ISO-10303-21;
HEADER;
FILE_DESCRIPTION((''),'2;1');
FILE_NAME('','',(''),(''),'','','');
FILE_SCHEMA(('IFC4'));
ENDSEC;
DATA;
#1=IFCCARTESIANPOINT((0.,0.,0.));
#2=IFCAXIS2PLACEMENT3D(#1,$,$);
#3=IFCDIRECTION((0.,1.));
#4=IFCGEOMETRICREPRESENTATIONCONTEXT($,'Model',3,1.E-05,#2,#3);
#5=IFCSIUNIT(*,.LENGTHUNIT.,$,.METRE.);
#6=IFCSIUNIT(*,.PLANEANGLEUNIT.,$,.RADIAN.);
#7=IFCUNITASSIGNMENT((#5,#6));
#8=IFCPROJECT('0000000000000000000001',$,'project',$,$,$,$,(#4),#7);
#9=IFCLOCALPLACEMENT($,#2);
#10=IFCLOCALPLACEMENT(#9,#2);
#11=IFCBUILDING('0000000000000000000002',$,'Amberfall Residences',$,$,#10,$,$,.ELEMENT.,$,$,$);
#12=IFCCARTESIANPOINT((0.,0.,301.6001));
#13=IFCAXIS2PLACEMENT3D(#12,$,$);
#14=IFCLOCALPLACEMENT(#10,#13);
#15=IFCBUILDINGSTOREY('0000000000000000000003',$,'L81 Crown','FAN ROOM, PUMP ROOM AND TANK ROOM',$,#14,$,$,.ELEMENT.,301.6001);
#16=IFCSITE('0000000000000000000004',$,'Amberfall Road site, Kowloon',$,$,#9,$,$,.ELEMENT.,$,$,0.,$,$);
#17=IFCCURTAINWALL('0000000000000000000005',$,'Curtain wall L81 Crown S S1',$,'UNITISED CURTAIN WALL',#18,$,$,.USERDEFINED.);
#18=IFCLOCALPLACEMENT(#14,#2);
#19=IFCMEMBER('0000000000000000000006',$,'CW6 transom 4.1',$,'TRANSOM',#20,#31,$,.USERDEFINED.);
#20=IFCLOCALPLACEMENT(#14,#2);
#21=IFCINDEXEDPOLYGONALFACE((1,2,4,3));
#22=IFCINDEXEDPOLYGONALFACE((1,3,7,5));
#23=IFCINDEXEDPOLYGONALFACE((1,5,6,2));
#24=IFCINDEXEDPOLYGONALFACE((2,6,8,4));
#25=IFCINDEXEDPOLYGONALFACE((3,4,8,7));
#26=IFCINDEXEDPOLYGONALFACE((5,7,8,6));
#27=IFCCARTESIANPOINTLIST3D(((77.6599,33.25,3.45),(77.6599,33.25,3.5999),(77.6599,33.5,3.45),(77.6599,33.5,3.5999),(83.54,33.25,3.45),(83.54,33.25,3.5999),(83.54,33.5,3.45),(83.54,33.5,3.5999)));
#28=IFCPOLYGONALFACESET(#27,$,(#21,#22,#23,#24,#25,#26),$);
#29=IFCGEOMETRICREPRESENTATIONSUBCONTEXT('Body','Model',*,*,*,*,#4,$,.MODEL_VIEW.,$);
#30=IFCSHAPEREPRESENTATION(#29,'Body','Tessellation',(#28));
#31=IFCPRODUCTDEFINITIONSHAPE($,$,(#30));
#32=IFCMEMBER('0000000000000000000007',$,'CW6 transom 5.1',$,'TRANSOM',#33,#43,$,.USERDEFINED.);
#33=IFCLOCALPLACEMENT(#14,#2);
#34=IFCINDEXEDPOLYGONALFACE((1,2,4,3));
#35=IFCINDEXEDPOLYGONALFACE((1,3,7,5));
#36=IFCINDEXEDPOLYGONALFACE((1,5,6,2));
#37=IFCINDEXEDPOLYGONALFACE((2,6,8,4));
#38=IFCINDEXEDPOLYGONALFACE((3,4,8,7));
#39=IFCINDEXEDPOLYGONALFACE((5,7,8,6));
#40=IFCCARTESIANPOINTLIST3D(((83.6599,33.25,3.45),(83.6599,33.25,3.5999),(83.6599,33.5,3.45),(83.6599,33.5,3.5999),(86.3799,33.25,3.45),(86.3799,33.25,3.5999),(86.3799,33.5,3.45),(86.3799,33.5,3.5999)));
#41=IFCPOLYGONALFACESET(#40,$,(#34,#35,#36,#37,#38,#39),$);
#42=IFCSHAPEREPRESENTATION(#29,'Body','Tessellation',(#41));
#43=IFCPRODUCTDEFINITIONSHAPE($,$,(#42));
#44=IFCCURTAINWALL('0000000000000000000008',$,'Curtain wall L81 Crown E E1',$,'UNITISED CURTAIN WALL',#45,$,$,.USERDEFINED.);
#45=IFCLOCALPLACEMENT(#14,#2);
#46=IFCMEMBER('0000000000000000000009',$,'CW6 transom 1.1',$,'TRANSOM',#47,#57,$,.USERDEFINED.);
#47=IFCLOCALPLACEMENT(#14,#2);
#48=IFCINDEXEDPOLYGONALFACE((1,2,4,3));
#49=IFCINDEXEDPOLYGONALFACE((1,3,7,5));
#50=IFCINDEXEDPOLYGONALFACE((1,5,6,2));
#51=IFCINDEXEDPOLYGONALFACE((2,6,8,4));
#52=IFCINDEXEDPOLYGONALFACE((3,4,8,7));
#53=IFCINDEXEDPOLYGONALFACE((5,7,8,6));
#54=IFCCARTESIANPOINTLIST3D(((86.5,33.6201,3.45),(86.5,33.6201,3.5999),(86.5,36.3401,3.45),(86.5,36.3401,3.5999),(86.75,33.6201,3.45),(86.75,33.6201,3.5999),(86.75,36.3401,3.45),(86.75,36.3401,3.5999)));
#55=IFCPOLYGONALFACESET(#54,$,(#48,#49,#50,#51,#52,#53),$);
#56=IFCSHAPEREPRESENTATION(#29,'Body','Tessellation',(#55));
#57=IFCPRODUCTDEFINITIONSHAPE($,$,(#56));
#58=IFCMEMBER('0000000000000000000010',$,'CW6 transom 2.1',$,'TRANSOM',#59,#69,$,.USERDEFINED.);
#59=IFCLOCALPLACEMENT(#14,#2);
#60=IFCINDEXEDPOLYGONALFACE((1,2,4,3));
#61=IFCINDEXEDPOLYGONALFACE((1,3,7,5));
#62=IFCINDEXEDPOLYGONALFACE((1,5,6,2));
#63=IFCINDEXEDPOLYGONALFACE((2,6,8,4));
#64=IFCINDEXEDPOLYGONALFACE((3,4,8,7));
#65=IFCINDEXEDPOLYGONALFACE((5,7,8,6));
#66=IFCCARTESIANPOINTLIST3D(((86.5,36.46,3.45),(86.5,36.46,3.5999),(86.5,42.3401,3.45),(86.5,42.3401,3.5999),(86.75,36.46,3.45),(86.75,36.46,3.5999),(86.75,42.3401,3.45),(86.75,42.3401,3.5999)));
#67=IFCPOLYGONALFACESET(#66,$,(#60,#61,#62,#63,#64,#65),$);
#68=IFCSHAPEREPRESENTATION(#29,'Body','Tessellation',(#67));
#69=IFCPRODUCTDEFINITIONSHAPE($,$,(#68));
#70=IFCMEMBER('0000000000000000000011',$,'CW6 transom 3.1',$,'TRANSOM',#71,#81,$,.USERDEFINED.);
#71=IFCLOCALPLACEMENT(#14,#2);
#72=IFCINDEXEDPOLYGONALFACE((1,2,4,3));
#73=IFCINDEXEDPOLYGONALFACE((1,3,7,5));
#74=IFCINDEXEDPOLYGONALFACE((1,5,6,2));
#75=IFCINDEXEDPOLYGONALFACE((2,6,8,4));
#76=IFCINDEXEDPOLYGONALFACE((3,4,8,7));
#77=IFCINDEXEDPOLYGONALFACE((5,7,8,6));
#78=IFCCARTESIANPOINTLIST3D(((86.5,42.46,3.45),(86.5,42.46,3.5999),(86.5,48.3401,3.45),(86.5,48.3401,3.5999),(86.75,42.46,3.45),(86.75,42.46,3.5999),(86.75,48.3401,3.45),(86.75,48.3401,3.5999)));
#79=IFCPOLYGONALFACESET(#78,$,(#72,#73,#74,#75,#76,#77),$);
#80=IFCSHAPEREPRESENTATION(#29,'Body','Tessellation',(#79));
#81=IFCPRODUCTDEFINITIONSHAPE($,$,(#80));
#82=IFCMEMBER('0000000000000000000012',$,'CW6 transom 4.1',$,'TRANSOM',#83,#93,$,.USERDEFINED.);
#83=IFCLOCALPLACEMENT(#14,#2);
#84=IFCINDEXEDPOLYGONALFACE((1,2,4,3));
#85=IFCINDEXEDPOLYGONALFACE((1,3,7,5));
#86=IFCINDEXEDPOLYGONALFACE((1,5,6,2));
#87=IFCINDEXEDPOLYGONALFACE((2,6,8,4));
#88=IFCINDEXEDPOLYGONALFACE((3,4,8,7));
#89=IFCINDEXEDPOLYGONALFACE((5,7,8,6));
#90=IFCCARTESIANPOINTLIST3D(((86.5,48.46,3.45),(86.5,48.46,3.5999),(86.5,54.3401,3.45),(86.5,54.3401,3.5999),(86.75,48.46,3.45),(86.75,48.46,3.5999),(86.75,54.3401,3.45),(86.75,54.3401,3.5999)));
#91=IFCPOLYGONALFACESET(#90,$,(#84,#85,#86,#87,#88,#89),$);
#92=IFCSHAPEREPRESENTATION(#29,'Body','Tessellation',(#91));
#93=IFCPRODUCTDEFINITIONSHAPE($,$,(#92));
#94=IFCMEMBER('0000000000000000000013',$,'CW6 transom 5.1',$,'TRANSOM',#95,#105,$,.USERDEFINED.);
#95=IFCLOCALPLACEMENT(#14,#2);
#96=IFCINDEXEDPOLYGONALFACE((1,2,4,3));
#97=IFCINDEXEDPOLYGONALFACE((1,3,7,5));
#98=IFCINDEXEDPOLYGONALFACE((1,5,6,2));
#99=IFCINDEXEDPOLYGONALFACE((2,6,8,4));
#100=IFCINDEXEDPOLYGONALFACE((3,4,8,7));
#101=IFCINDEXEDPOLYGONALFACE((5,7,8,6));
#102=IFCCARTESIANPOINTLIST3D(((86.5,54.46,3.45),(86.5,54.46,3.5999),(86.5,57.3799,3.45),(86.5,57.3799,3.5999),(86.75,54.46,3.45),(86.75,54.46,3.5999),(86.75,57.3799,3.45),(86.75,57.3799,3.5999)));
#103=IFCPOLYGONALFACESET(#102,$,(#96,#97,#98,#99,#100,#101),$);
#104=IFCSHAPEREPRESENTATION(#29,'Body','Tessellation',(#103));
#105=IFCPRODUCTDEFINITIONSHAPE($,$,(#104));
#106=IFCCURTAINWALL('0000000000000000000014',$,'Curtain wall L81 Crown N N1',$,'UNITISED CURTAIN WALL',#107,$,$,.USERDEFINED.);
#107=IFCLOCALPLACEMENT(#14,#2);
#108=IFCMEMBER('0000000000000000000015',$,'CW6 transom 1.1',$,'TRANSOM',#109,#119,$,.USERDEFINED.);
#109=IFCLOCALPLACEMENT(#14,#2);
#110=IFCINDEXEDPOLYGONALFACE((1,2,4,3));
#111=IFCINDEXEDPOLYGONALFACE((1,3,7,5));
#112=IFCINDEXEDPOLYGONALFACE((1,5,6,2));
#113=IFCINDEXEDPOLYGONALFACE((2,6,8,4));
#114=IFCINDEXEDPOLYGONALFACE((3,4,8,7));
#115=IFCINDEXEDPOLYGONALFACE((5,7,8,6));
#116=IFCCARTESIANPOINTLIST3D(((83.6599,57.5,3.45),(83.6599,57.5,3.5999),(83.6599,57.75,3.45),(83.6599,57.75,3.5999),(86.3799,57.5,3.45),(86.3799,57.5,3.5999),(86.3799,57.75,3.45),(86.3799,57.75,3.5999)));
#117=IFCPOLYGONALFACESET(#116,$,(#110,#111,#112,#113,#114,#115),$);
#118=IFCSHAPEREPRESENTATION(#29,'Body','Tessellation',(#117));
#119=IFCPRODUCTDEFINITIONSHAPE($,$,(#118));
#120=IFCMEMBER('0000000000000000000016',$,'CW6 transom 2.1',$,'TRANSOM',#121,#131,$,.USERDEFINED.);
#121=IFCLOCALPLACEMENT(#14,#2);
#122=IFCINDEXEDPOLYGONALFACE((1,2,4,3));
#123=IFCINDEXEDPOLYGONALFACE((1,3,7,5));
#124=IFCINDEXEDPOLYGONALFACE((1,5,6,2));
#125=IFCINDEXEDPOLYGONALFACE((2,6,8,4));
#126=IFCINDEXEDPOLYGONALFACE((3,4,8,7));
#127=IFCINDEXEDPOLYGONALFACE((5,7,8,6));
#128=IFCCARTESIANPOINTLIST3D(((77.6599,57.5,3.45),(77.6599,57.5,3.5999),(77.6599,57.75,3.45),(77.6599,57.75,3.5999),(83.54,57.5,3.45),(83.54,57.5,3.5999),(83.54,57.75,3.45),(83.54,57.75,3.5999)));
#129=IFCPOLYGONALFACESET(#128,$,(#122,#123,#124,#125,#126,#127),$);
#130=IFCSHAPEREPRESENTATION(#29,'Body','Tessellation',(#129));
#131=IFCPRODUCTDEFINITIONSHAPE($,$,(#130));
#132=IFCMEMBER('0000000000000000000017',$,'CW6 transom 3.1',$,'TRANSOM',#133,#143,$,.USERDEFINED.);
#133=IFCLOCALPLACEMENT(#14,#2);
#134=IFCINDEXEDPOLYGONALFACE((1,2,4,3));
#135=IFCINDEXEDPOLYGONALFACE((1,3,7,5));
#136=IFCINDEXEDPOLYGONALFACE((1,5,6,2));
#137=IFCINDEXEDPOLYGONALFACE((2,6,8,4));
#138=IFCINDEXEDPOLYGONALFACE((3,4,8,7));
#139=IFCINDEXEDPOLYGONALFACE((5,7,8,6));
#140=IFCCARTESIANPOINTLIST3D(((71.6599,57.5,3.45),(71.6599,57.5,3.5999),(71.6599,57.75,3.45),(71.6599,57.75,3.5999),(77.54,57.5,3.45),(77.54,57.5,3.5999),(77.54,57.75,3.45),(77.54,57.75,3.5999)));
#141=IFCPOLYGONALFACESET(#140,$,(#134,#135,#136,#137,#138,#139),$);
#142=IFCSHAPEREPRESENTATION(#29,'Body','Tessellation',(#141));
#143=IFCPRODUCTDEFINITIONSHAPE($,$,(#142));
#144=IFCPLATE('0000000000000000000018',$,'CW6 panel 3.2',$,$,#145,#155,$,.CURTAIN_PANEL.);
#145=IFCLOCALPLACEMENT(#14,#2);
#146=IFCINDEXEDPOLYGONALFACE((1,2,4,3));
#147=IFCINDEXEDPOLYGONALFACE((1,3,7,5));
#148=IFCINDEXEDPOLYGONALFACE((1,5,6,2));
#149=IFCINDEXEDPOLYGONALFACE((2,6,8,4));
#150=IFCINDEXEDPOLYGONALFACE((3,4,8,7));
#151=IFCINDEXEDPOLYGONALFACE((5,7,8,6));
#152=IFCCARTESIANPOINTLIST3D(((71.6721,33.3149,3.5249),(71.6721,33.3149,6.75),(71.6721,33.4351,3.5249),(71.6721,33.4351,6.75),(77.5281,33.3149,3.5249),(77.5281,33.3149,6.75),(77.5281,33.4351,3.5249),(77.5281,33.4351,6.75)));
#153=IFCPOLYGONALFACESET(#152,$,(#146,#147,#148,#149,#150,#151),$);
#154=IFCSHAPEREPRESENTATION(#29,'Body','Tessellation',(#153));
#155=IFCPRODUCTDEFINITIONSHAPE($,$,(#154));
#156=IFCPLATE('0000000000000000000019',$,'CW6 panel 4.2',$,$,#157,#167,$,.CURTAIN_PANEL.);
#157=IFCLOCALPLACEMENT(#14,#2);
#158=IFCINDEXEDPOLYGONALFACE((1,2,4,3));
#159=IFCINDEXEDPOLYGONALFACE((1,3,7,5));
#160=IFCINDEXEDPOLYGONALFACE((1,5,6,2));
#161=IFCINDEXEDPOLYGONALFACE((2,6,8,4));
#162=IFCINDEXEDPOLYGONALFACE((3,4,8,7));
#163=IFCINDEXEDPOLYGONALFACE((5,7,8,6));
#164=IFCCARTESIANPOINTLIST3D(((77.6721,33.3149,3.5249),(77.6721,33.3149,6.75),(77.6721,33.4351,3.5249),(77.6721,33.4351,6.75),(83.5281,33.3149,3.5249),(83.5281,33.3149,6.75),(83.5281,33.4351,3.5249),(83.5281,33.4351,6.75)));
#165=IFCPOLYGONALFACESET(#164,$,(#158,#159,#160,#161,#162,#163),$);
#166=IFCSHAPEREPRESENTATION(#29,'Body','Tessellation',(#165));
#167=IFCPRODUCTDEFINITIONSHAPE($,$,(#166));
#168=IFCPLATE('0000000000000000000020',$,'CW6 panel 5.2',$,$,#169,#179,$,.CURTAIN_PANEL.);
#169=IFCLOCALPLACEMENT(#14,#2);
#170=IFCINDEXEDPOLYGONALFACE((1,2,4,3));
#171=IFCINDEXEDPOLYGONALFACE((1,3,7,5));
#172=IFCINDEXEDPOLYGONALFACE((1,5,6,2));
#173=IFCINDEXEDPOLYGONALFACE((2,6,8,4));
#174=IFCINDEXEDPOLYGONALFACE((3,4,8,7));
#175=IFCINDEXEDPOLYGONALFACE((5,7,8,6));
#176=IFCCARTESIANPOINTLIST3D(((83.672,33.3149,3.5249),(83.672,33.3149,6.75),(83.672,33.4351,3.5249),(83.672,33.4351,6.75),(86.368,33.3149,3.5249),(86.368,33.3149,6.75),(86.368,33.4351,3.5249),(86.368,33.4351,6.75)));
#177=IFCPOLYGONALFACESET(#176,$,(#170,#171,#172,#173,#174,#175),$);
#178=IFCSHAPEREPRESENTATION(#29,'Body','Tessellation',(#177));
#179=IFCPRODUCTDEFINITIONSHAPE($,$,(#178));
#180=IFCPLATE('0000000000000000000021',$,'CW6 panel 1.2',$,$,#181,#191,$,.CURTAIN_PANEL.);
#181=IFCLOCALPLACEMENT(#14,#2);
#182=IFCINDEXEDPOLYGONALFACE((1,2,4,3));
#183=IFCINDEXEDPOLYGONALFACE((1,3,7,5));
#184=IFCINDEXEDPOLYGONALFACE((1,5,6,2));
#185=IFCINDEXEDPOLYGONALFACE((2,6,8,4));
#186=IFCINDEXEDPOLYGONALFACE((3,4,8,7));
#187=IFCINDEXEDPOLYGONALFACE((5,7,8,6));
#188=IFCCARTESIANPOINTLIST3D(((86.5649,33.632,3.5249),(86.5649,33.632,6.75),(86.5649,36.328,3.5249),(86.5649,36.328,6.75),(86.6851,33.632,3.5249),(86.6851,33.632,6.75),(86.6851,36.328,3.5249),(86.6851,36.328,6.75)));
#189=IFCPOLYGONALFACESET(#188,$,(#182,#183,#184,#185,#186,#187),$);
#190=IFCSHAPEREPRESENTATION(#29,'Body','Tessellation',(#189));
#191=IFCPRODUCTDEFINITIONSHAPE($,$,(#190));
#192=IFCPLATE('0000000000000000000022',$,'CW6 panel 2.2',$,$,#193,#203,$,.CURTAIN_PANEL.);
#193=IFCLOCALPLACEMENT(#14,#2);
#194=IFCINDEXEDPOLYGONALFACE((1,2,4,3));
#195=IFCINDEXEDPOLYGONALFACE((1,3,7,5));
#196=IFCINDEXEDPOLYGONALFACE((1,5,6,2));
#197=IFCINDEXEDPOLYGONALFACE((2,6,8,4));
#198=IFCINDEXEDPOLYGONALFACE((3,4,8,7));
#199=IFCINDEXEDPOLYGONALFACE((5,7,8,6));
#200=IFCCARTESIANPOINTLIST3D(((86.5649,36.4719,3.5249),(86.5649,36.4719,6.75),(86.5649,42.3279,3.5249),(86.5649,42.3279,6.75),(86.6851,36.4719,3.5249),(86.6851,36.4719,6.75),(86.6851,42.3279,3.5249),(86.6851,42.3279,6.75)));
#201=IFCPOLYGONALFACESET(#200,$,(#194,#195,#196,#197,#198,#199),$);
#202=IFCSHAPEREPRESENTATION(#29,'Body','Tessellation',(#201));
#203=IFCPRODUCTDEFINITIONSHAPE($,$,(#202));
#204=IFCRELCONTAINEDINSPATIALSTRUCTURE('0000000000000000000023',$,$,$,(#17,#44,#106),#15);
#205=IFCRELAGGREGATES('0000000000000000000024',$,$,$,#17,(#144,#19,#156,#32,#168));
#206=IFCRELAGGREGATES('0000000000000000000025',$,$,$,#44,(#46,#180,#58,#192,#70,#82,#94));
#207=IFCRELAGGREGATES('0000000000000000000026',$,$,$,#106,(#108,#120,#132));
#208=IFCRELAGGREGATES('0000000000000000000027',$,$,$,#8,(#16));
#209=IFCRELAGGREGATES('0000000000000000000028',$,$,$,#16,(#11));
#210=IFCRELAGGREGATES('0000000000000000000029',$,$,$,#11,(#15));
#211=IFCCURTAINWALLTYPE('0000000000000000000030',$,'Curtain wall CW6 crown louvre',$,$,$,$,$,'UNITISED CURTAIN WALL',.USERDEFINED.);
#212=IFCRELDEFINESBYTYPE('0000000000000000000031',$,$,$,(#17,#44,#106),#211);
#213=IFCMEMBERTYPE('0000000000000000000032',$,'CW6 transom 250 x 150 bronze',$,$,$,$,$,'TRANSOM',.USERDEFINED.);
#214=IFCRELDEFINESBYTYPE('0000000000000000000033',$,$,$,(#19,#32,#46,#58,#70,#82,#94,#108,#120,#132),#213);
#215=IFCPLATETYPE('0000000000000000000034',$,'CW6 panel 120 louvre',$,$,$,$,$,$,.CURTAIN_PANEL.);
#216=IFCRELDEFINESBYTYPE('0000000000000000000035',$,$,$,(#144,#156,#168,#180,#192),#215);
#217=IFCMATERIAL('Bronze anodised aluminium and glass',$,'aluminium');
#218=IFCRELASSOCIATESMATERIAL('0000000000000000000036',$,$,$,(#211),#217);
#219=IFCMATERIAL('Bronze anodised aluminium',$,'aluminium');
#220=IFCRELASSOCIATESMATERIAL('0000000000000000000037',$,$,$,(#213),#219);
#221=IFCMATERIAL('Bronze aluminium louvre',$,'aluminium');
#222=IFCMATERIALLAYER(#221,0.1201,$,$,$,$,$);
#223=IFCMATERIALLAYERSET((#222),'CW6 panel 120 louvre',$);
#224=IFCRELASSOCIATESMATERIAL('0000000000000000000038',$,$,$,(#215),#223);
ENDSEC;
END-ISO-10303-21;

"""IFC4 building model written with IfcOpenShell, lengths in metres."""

from ifc_helpers import new_model, si_unit, direction, frame, origin, origin_2d, place, context, subcontext, project, spatial, rectangle, extrude, material, layer, layer_set, material_profile, profile_set, type_object, element, aggregate, save


model = new_model("IFC4")

# Units and contexts
model_context = context("Model", 3, precision=1e-05, world=origin(), true_north=direction((0.0, 1.0)))
body_context = subcontext(model_context, "Body", "Model", "MODEL_VIEW")
ifc_project = project(units=[si_unit("LENGTHUNIT", "METRE"), si_unit("PLANEANGLEUNIT", "RADIAN")], contexts=[model_context])

# Site, building, storey
site_placement = place(None, origin())
site = spatial("IfcSite", under=ifc_project, at=site_placement, Name="Amberfall Road site, Kowloon", CompositionType="ELEMENT", RefElevation=0.0)
building_placement = place(site_placement, origin())
building = spatial("IfcBuilding", under=site, at=building_placement, Name="Amberfall Residences", CompositionType="ELEMENT")
storey_placement = place(building_placement, frame((0.0, 0.0, 301.6001)))
storey = spatial("IfcBuildingStorey", under=building, at=storey_placement, Name="L81 Crown", Description="FAN ROOM, PUMP ROOM AND TANK ROOM", CompositionType="ELEMENT", Elevation=301.6001)

# Curtain walls, members
ifc_material_1 = material(Name="Bronze anodised aluminium and glass", Category="aluminium")
curtain_wall_type = type_object("IfcCurtainWallType", Name="Curtain wall CW6 crown louvre", ElementType="UNITISED CURTAIN WALL", PredefinedType="USERDEFINED", material=ifc_material_1)
curtain_wall_1_placement = place(storey_placement, origin())
curtain_wall_1 = element("IfcCurtainWall", 1, at=curtain_wall_1_placement, inside=storey, type_object=curtain_wall_type, Name="Curtain wall L81 Crown S S1", ObjectType="UNITISED CURTAIN WALL", PredefinedType="USERDEFINED")
ifc_material_2 = material(Name="Bronze anodised aluminium", Category="aluminium")
ifc_material_profile = material_profile(ifc_material_2, rectangle(XDim=0.25, YDim=0.1499, at=origin_2d()), Name="CW6 transom 250 x 150 bronze")
ifc_profile_set = profile_set([ifc_material_profile], Name="Bronze anodised aluminium")
member_type = type_object("IfcMemberType", Name="CW6 transom 250 x 150 bronze", ElementType="TRANSOM", PredefinedType="USERDEFINED", material=ifc_profile_set)
member_1_placement = place(storey_placement, frame((77.6599, 33.375, 3.5249), z_axis=(1.0, 0.0, 0.0), x_axis=(0.0, 1.0, 0.0)))
member_1 = element("IfcMember", 2, at=member_1_placement, type_object=member_type, Name="CW6 transom 4.1", ObjectType="TRANSOM", PredefinedType="USERDEFINED", context=body_context, shape_type="SweptSolid", body=[
    extrude(rectangle(XDim=0.25, YDim=0.1499, at=origin_2d()), origin(), (0.0, 0.0, 1.0), 5.8801),
])
member_2_placement = place(storey_placement, frame((83.6599, 33.375, 3.5249), z_axis=(1.0, 0.0, 0.0), x_axis=(0.0, 1.0, 0.0)))
member_2 = element("IfcMember", 3, at=member_2_placement, type_object=member_type, Name="CW6 transom 5.1", ObjectType="TRANSOM", PredefinedType="USERDEFINED", context=body_context, shape_type="SweptSolid", body=[
    extrude(rectangle(XDim=0.25, YDim=0.1499, at=origin_2d()), origin(), (0.0, 0.0, 1.0), 2.72),
])
curtain_wall_2_placement = place(storey_placement, origin())
curtain_wall_2 = element("IfcCurtainWall", 4, at=curtain_wall_2_placement, inside=storey, type_object=curtain_wall_type, Name="Curtain wall L81 Crown E E1", ObjectType="UNITISED CURTAIN WALL", PredefinedType="USERDEFINED")
member_3_placement = place(storey_placement, frame((86.625, 33.6201, 3.5249), z_axis=(0.0, 1.0, 0.0), x_axis=(-1.0, 0.0, 0.0)))
member_3 = element("IfcMember", 5, at=member_3_placement, type_object=member_type, Name="CW6 transom 1.1", ObjectType="TRANSOM", PredefinedType="USERDEFINED", context=body_context, shape_type="SweptSolid", body=[
    extrude(rectangle(XDim=0.25, YDim=0.1499, at=origin_2d()), origin(), (0.0, 0.0, 1.0), 2.72),
])
member_4_placement = place(storey_placement, frame((86.625, 36.46, 3.5249), z_axis=(0.0, 1.0, 0.0), x_axis=(-1.0, 0.0, 0.0)))
member_4 = element("IfcMember", 6, at=member_4_placement, type_object=member_type, Name="CW6 transom 2.1", ObjectType="TRANSOM", PredefinedType="USERDEFINED", context=body_context, shape_type="SweptSolid", body=[
    extrude(rectangle(XDim=0.25, YDim=0.1499, at=origin_2d()), origin(), (0.0, 0.0, 1.0), 5.8801),
])
member_5_placement = place(storey_placement, frame((86.625, 42.46, 3.5249), z_axis=(0.0, 1.0, 0.0), x_axis=(-1.0, 0.0, 0.0)))
member_5 = element("IfcMember", 7, at=member_5_placement, type_object=member_type, Name="CW6 transom 3.1", ObjectType="TRANSOM", PredefinedType="USERDEFINED", context=body_context, shape_type="SweptSolid", body=[
    extrude(rectangle(XDim=0.25, YDim=0.1499, at=origin_2d()), origin(), (0.0, 0.0, 1.0), 5.8801),
])
member_6_placement = place(storey_placement, frame((86.625, 48.46, 3.5249), z_axis=(0.0, 1.0, 0.0), x_axis=(-1.0, 0.0, 0.0)))
member_6 = element("IfcMember", 8, at=member_6_placement, type_object=member_type, Name="CW6 transom 4.1", ObjectType="TRANSOM", PredefinedType="USERDEFINED", context=body_context, shape_type="SweptSolid", body=[
    extrude(rectangle(XDim=0.25, YDim=0.1499, at=origin_2d()), origin(), (0.0, 0.0, 1.0), 5.8801),
])
member_7_placement = place(storey_placement, frame((86.625, 54.46, 3.5249), z_axis=(0.0, 1.0, 0.0), x_axis=(-1.0, 0.0, 0.0)))
member_7 = element("IfcMember", 9, at=member_7_placement, type_object=member_type, Name="CW6 transom 5.1", ObjectType="TRANSOM", PredefinedType="USERDEFINED", context=body_context, shape_type="SweptSolid", body=[
    extrude(rectangle(XDim=0.25, YDim=0.1499, at=origin_2d()), origin(), (0.0, 0.0, 1.0), 2.9199),
])
curtain_wall_3_placement = place(storey_placement, origin())
curtain_wall_3 = element("IfcCurtainWall", 10, at=curtain_wall_3_placement, inside=storey, type_object=curtain_wall_type, Name="Curtain wall L81 Crown N N1", ObjectType="UNITISED CURTAIN WALL", PredefinedType="USERDEFINED")
member_8_placement = place(storey_placement, frame((86.3799, 57.625, 3.5249), z_axis=(-1.0, 0.0, 0.0), x_axis=(0.0, -1.0, 0.0)))
member_8 = element("IfcMember", 11, at=member_8_placement, type_object=member_type, Name="CW6 transom 1.1", ObjectType="TRANSOM", PredefinedType="USERDEFINED", context=body_context, shape_type="SweptSolid", body=[
    extrude(rectangle(XDim=0.25, YDim=0.1499, at=origin_2d()), origin(), (0.0, 0.0, 1.0), 2.72),
])
member_9_placement = place(storey_placement, frame((83.54, 57.625, 3.5249), z_axis=(-1.0, 0.0, 0.0), x_axis=(0.0, -1.0, 0.0)))
member_9 = element("IfcMember", 12, at=member_9_placement, type_object=member_type, Name="CW6 transom 2.1", ObjectType="TRANSOM", PredefinedType="USERDEFINED", context=body_context, shape_type="SweptSolid", body=[
    extrude(rectangle(XDim=0.25, YDim=0.1499, at=origin_2d()), origin(), (0.0, 0.0, 1.0), 5.8801),
])
member_10_placement = place(storey_placement, frame((77.54, 57.625, 3.5249), z_axis=(-1.0, 0.0, 0.0), x_axis=(0.0, -1.0, 0.0)))
member_10 = element("IfcMember", 13, at=member_10_placement, type_object=member_type, Name="CW6 transom 3.1", ObjectType="TRANSOM", PredefinedType="USERDEFINED", context=body_context, shape_type="SweptSolid", body=[
    extrude(rectangle(XDim=0.25, YDim=0.1499, at=origin_2d()), origin(), (0.0, 0.0, 1.0), 5.8801),
])

# Plates
ifc_material_3 = material(Name="Bronze aluminium louvre", Category="aluminium")
ifc_layer = layer(ifc_material_3, 0.1201)
ifc_layer_set = layer_set([ifc_layer], Name="CW6 panel 120 louvre")
plate_type = type_object("IfcPlateType", Name="CW6 panel 120 louvre", PredefinedType="CURTAIN_PANEL", material=ifc_layer_set)
plate_1_placement = place(storey_placement, frame((74.6001, 33.375, 3.5249), z_axis=(0.0, 0.0, 1.0), x_axis=(1.0, 0.0, 0.0)))
plate_1 = element("IfcPlate", 14, at=plate_1_placement, type_object=plate_type, Name="CW6 panel 3.2", PredefinedType="CURTAIN_PANEL", context=body_context, shape_type="SweptSolid", body=[
    extrude(rectangle(XDim=5.856, YDim=0.1201, at=origin_2d()), origin(), (0.0, 0.0, 1.0), 3.2251),
])
plate_2_placement = place(storey_placement, frame((80.6001, 33.375, 3.5249), z_axis=(0.0, 0.0, 1.0), x_axis=(1.0, 0.0, 0.0)))
plate_2 = element("IfcPlate", 15, at=plate_2_placement, type_object=plate_type, Name="CW6 panel 4.2", PredefinedType="CURTAIN_PANEL", context=body_context, shape_type="SweptSolid", body=[
    extrude(rectangle(XDim=5.856, YDim=0.1201, at=origin_2d()), origin(), (0.0, 0.0, 1.0), 3.2251),
])
plate_3_placement = place(storey_placement, frame((85.02, 33.375, 3.5249), z_axis=(0.0, 0.0, 1.0), x_axis=(1.0, 0.0, 0.0)))
plate_3 = element("IfcPlate", 16, at=plate_3_placement, type_object=plate_type, Name="CW6 panel 5.2", PredefinedType="CURTAIN_PANEL", context=body_context, shape_type="SweptSolid", body=[
    extrude(rectangle(XDim=2.696, YDim=0.1201, at=origin_2d()), origin(), (0.0, 0.0, 1.0), 3.2251),
])
aggregate(curtain_wall_1, [plate_1, member_1, plate_2, member_2, plate_3])
plate_4_placement = place(storey_placement, frame((86.625, 34.98, 3.5249), z_axis=(0.0, 0.0, 1.0), x_axis=(0.0, 1.0, 0.0)))
plate_4 = element("IfcPlate", 17, at=plate_4_placement, type_object=plate_type, Name="CW6 panel 1.2", PredefinedType="CURTAIN_PANEL", context=body_context, shape_type="SweptSolid", body=[
    extrude(rectangle(XDim=2.696, YDim=0.1201, at=origin_2d()), origin(), (0.0, 0.0, 1.0), 3.2251),
])
plate_5_placement = place(storey_placement, frame((86.625, 39.3999, 3.5249), z_axis=(0.0, 0.0, 1.0), x_axis=(0.0, 1.0, 0.0)))
plate_5 = element("IfcPlate", 18, at=plate_5_placement, type_object=plate_type, Name="CW6 panel 2.2", PredefinedType="CURTAIN_PANEL", context=body_context, shape_type="SweptSolid", body=[
    extrude(rectangle(XDim=5.856, YDim=0.1201, at=origin_2d()), origin(), (0.0, 0.0, 1.0), 3.2251),
])
aggregate(curtain_wall_2, [member_3, plate_4, member_4, plate_5, member_5, member_6, member_7])
aggregate(curtain_wall_3, [member_8, member_9, member_10])

save(model, "model.ifc")
